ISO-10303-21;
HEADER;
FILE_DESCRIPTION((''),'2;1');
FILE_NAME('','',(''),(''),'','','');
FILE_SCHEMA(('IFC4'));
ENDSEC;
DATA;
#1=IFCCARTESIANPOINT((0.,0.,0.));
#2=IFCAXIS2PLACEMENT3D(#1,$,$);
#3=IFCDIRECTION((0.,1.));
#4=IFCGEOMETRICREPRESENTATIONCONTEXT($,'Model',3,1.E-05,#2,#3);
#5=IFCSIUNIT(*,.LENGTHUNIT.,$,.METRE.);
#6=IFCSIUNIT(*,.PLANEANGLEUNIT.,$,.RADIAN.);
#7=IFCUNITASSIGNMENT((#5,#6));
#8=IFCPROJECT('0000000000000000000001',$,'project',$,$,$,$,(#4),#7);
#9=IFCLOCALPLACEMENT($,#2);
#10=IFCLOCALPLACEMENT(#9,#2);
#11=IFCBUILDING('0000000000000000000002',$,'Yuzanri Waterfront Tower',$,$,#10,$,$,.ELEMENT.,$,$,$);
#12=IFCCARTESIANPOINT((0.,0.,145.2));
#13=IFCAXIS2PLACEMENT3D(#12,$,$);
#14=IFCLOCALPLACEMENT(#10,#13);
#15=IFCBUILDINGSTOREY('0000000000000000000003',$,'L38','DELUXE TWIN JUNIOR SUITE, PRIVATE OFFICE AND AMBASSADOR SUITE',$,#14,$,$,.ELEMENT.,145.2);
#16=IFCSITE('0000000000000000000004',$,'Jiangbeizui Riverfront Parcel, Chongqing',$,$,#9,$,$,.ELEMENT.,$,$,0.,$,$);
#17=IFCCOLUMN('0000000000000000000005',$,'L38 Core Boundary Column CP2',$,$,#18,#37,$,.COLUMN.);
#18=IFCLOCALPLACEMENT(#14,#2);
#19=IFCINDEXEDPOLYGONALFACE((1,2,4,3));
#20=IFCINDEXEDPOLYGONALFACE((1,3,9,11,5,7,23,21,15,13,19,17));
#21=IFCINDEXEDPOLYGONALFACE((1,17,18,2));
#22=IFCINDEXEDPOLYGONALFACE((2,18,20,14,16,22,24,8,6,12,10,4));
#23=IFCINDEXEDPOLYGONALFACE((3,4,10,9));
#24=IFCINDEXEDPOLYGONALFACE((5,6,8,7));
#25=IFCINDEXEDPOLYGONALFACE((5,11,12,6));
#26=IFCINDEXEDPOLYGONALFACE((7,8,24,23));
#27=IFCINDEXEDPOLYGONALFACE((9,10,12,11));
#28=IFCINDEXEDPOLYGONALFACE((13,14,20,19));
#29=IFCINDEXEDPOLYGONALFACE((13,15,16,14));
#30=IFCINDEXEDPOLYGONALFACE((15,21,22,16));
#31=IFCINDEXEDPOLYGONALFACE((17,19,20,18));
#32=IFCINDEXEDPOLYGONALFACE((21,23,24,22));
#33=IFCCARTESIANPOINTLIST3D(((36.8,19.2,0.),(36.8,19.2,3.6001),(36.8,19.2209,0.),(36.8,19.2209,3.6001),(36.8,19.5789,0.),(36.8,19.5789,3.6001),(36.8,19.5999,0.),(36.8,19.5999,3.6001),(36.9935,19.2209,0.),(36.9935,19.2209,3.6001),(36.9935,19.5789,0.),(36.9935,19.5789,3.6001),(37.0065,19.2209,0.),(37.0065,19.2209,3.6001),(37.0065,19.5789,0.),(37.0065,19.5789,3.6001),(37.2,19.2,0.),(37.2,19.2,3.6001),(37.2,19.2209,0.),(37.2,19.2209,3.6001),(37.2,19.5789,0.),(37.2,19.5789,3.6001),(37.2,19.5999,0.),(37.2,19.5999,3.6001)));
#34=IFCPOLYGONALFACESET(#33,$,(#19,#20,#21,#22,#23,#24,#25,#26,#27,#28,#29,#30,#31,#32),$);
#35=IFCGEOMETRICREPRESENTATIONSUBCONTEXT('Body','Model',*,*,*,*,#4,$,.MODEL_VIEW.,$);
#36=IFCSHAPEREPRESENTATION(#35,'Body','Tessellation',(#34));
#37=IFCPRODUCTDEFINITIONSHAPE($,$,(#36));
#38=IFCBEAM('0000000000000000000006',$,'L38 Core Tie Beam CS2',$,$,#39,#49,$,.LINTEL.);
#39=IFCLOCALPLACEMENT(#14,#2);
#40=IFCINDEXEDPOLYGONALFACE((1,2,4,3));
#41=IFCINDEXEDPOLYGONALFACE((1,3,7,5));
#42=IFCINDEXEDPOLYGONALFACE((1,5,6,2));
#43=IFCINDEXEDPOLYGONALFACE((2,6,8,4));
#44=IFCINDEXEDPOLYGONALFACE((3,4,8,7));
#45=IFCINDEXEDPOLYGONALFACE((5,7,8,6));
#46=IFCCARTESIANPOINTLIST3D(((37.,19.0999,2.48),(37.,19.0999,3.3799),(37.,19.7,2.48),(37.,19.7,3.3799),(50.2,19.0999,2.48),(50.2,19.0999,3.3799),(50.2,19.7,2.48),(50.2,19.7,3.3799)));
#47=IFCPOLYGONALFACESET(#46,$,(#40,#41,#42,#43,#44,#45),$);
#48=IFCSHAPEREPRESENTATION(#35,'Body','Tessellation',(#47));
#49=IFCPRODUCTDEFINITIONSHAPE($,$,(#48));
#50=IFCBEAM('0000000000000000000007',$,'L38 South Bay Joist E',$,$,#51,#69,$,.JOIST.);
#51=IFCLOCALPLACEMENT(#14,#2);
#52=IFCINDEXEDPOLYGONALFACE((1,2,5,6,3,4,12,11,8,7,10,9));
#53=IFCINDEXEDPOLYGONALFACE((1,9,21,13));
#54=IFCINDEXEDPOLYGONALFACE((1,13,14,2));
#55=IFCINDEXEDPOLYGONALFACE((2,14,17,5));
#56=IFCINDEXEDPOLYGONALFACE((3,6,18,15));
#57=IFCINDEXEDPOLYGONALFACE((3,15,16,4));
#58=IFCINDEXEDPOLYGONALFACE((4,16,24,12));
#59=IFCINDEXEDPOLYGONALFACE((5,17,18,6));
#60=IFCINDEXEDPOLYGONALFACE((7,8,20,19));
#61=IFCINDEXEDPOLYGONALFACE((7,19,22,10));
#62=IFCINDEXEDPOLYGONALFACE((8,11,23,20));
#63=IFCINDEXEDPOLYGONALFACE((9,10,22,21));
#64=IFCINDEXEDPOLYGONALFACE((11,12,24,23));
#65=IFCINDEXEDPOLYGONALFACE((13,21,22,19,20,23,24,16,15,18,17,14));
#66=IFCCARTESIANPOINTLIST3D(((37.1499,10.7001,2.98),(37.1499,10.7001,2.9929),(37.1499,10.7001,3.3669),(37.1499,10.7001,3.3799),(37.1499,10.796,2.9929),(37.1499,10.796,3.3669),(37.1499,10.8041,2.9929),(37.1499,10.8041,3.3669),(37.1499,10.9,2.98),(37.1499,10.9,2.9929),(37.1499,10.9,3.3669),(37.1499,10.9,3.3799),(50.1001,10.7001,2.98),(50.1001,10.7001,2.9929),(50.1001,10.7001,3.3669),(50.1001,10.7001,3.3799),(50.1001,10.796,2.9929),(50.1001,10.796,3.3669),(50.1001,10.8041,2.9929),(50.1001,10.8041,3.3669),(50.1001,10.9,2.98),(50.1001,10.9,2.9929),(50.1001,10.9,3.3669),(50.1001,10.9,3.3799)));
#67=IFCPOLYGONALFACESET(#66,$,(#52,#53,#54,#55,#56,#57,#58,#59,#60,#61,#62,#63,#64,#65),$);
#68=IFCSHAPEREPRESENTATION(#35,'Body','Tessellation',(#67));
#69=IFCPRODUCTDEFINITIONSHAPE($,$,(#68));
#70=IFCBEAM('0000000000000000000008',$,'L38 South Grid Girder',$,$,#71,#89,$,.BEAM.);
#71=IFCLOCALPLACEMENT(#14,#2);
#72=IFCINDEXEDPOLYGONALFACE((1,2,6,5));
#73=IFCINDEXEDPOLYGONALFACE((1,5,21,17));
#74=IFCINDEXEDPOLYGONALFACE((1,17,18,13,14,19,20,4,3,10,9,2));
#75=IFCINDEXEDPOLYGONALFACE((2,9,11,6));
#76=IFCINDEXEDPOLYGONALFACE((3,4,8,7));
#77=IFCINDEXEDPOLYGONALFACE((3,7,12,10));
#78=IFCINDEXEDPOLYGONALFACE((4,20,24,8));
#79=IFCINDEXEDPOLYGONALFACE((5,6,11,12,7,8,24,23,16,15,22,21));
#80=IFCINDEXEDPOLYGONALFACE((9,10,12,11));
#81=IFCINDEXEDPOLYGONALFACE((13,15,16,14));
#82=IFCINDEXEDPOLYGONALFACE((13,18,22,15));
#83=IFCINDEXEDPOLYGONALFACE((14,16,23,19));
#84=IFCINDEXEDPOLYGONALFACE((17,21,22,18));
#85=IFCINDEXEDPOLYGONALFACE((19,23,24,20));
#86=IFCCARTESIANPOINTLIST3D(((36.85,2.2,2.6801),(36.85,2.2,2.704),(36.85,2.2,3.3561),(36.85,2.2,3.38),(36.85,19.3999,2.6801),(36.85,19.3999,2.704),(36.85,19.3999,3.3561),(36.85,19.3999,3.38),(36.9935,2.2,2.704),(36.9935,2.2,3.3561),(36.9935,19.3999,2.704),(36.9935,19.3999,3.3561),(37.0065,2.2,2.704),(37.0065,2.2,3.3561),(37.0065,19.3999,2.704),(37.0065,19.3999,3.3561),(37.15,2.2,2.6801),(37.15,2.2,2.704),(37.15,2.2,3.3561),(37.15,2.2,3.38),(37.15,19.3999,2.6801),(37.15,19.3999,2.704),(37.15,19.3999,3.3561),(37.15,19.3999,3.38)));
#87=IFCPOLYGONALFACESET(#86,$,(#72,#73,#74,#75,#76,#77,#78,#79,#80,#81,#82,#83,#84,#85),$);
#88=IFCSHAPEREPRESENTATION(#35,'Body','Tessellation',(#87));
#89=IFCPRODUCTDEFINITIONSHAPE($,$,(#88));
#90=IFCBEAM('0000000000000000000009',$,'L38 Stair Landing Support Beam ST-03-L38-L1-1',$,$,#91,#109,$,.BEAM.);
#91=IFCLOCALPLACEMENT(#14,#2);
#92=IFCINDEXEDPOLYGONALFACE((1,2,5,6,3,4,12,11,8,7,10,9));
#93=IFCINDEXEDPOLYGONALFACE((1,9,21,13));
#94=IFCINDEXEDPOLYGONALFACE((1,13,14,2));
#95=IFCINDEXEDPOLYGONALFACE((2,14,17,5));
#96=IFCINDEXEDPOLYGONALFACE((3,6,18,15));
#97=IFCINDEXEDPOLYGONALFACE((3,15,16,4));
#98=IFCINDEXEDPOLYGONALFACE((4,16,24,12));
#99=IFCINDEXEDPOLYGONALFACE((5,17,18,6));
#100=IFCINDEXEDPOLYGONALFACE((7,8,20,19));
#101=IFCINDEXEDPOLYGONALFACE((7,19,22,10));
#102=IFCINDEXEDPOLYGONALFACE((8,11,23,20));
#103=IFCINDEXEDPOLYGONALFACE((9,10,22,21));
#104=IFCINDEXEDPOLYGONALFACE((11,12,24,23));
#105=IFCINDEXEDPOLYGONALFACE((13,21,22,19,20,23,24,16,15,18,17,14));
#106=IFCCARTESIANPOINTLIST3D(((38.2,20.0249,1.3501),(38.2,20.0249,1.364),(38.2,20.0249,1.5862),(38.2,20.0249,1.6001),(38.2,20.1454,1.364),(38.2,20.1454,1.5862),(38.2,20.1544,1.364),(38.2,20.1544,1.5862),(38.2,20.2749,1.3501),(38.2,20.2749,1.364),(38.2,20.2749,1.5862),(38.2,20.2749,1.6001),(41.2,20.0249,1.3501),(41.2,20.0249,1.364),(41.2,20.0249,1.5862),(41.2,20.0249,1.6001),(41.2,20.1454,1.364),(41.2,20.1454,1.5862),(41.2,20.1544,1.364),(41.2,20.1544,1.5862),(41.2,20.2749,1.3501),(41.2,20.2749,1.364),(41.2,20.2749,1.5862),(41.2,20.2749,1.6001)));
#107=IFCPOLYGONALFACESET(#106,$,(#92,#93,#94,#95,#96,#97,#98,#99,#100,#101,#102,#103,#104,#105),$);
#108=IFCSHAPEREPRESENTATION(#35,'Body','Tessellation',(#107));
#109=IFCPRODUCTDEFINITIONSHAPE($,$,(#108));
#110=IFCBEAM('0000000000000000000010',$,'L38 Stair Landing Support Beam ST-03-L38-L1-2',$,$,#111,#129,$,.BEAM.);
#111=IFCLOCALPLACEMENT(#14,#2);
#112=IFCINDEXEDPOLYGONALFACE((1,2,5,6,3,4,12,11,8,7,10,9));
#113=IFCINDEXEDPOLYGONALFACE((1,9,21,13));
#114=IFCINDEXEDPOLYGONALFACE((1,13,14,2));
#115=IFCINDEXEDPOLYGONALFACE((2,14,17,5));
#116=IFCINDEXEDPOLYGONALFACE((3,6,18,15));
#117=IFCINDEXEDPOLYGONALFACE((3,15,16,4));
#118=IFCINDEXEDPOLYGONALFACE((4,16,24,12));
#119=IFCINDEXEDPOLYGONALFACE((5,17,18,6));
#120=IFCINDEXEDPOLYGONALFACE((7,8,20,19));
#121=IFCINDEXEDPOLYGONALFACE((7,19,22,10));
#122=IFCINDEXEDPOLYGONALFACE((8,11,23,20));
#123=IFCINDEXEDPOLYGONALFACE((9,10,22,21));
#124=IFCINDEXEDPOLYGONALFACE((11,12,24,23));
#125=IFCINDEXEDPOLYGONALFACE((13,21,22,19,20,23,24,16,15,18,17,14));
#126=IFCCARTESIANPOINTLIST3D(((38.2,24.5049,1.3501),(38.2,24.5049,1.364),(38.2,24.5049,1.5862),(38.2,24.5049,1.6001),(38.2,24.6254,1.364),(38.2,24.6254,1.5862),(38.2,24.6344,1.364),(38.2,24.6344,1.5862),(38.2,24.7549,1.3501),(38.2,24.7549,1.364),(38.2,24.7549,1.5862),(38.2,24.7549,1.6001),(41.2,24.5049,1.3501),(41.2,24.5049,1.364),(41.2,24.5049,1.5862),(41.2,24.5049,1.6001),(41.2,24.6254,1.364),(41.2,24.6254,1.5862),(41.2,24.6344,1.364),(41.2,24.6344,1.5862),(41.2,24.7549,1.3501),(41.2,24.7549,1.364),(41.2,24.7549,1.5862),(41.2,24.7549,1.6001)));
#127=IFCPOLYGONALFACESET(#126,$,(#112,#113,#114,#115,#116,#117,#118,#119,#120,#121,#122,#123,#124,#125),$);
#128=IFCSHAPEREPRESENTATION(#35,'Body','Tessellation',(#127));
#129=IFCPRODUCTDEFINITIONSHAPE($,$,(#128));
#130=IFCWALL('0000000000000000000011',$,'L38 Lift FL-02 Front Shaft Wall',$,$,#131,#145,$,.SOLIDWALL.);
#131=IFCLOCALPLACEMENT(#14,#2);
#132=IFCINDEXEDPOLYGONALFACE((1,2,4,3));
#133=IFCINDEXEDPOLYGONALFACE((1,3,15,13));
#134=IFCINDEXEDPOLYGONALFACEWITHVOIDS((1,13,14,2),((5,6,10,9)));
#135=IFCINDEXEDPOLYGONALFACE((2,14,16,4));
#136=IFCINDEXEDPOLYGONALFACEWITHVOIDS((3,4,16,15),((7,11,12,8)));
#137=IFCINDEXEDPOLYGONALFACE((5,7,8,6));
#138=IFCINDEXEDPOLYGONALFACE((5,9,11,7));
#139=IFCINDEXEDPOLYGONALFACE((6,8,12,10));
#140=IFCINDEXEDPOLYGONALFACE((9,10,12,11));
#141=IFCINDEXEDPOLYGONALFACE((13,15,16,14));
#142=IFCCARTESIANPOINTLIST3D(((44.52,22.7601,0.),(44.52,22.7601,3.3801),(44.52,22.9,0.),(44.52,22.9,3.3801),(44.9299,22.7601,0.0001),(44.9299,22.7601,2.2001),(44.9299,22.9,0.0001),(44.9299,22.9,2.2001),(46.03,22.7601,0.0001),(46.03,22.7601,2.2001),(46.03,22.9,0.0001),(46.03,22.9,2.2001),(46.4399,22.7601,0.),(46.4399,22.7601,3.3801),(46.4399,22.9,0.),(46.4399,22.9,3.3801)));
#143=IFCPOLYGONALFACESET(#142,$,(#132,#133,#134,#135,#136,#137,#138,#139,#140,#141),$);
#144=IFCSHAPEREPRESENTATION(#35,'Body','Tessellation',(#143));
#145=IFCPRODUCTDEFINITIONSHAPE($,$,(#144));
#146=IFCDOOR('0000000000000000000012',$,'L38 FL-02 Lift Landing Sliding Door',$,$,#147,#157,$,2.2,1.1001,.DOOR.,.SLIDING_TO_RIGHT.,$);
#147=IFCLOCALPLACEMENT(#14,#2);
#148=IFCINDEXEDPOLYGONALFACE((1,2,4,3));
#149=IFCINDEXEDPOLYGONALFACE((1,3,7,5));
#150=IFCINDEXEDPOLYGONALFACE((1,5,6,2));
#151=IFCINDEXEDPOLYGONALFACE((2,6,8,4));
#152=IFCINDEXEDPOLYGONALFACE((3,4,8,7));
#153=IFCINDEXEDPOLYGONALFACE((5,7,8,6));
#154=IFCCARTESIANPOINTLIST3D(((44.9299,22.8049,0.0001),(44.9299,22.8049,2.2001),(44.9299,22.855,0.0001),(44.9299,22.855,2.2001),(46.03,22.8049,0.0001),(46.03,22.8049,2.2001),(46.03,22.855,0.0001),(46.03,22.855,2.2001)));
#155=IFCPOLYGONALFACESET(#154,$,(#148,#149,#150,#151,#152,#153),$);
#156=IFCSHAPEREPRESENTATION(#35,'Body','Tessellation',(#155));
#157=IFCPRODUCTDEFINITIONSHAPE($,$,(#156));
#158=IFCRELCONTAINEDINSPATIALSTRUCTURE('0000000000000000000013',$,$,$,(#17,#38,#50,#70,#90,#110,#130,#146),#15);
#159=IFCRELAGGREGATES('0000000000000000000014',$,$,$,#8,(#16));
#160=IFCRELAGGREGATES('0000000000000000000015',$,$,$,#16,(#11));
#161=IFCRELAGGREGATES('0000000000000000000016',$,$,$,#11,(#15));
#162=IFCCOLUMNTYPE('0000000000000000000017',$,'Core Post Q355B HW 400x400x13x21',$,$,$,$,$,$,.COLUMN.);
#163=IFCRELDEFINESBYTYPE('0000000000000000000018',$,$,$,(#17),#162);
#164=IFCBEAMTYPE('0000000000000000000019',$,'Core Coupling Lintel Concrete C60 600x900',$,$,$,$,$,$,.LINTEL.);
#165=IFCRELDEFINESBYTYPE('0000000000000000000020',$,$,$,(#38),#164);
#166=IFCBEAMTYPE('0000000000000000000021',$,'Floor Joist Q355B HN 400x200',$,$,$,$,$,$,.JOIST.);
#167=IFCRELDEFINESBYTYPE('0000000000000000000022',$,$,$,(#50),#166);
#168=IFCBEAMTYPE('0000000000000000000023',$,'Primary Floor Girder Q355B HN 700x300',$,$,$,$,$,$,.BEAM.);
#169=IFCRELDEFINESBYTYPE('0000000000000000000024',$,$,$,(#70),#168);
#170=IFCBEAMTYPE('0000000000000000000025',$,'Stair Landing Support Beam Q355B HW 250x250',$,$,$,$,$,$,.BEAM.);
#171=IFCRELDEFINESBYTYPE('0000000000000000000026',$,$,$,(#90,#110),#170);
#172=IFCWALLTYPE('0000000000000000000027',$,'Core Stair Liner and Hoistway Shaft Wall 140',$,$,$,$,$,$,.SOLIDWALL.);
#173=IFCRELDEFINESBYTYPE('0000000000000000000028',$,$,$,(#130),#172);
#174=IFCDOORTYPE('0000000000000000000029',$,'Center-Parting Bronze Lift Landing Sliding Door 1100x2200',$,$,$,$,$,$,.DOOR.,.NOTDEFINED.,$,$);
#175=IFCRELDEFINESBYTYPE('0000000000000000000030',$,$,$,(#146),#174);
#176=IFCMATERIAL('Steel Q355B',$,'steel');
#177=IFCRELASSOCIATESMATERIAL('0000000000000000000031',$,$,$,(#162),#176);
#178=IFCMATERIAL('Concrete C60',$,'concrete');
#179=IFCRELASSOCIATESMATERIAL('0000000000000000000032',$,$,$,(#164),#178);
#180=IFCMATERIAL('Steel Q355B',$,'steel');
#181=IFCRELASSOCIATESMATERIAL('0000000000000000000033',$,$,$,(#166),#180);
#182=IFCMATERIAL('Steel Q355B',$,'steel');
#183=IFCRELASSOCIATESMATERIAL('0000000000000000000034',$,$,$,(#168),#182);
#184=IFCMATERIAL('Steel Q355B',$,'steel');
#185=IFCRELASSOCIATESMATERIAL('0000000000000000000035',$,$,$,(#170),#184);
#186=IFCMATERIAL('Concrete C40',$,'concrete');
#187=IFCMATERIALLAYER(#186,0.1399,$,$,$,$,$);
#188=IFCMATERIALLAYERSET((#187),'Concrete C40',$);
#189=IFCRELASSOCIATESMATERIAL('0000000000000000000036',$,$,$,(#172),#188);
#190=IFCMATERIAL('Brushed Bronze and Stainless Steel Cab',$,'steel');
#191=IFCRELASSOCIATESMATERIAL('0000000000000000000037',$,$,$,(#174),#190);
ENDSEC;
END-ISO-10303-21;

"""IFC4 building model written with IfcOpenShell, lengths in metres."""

from ifc_helpers import new_model, si_unit, direction, frame, frame_2d, origin, origin_2d, place, context, subcontext, project, spatial, rectangle, i_section, extrude, source, transform, mapped, material, layer, layer_set, material_profile, profile_set, type_object, element, fill, save


model = new_model("IFC4")

# Units and contexts
model_context = context("Model", 3, precision=1e-05, world=origin(), true_north=direction((0.0, 1.0)))
body_context = subcontext(model_context, "Body", "Model", "MODEL_VIEW")
ifc_project = project(units=[si_unit("LENGTHUNIT", "METRE"), si_unit("PLANEANGLEUNIT", "RADIAN")], contexts=[model_context])

# Site, building, storey
site_placement = place(None, origin())
site = spatial("IfcSite", under=ifc_project, at=site_placement, Name="Jiangbeizui Riverfront Parcel, Chongqing", CompositionType="ELEMENT", RefElevation=0.0)
building_placement = place(site_placement, origin())
building = spatial("IfcBuilding", under=site, at=building_placement, Name="Yuzanri Waterfront Tower", CompositionType="ELEMENT")
storey_placement = place(building_placement, frame((0.0, 0.0, 145.2)))
storey = spatial("IfcBuildingStorey", under=building, at=storey_placement, Name="L38", Description="DELUXE TWIN JUNIOR SUITE, PRIVATE OFFICE AND AMBASSADOR SUITE", CompositionType="ELEMENT", Elevation=145.2)

# Column
ifc_material_1 = material(Name="Steel Q355B", Category="steel")
ifc_material_profile_1 = material_profile(ifc_material_1, i_section(OverallWidth=0.3999, OverallDepth=0.3999, WebThickness=0.0129, FlangeThickness=0.021, at=origin_2d()), Name="HW 400x400x13x21")
ifc_profile_set_1 = profile_set([ifc_material_profile_1], Name="Steel Q355B")
column_type = type_object("IfcColumnType", Name="Core Post Q355B HW 400x400x13x21", PredefinedType="COLUMN", material=ifc_profile_set_1)
shared_shape_1 = source(origin(), body_context, "Body", "SweptSolid", [
    extrude(i_section(OverallWidth=0.3999, OverallDepth=0.3999, WebThickness=0.0129, FlangeThickness=0.021, at=origin_2d()), origin(), (0.0, 0.0, 1.0), 3.6001),
])
column_placement = place(storey_placement, frame((37.0, 19.3999, 0.0), z_axis=(0.0, 0.0, 1.0), x_axis=(1.0, 0.0, 0.0)))
element("IfcColumn", 1, at=column_placement, inside=storey, type_object=column_type, Name="L38 Core Boundary Column CP2", PredefinedType="COLUMN", context=body_context, shape_type="MappedRepresentation", body=[
    mapped(shared_shape_1, transform((0.0, 0.0, 0.0), scale=1.0)),
])

# Beams
ifc_material_2 = material(Name="Concrete C60", Category="concrete")
ifc_material_profile_2 = material_profile(ifc_material_2, rectangle(XDim=0.6001, YDim=0.8999, at=origin_2d()), Name="RC 600x900")
ifc_profile_set_2 = profile_set([ifc_material_profile_2], Name="Concrete C60")
beam_type_1 = type_object("IfcBeamType", Name="Core Coupling Lintel Concrete C60 600x900", PredefinedType="LINTEL", material=ifc_profile_set_2)
shared_shape_2 = source(origin(), body_context, "Body", "SweptSolid", [
    extrude(rectangle(XDim=0.6001, YDim=0.8999, at=origin_2d()), origin(), (0.0, 0.0, 1.0), 13.2),
])
beam_1_placement = place(storey_placement, frame((37.0, 19.3999, 2.9299), z_axis=(1.0, 0.0, 0.0), x_axis=(0.0, 1.0, 0.0)))
element("IfcBeam", 2, at=beam_1_placement, inside=storey, type_object=beam_type_1, Name="L38 Core Tie Beam CS2", PredefinedType="LINTEL", context=body_context, shape_type="MappedRepresentation", body=[
    mapped(shared_shape_2, transform((0.0, 0.0, 0.0), scale=1.0)),
])
ifc_material_3 = material(Name="Steel Q355B", Category="steel")
ifc_material_profile_3 = material_profile(ifc_material_3, i_section(OverallWidth=0.2, OverallDepth=0.3999, WebThickness=0.0081, FlangeThickness=0.0129, at=origin_2d()), Name="HN 400x200x8x13")
ifc_profile_set_3 = profile_set([ifc_material_profile_3], Name="Steel Q355B")
beam_type_2 = type_object("IfcBeamType", Name="Floor Joist Q355B HN 400x200", PredefinedType="JOIST", material=ifc_profile_set_3)
shared_shape_3 = source(origin(), body_context, "Body", "SweptSolid", [
    extrude(i_section(OverallWidth=0.2, OverallDepth=0.3999, WebThickness=0.0081, FlangeThickness=0.0129, at=origin_2d()), origin(), (0.0, 0.0, 1.0), 12.9502),
])
beam_2_placement = place(storey_placement, frame((37.1499, 10.8, 3.1799), z_axis=(1.0, 0.0, 0.0), x_axis=(0.0, 1.0, 0.0)))
element("IfcBeam", 3, at=beam_2_placement, inside=storey, type_object=beam_type_2, Name="L38 South Bay Joist E", PredefinedType="JOIST", context=body_context, shape_type="MappedRepresentation", body=[
    mapped(shared_shape_3, transform((0.0, 0.0, 0.0), scale=1.0)),
])
ifc_material_4 = material(Name="Steel Q355B", Category="steel")
ifc_material_profile_4 = material_profile(ifc_material_4, i_section(OverallWidth=0.3, OverallDepth=0.7, WebThickness=0.0129, FlangeThickness=0.0239, at=origin_2d()), Name="HN 700x300x13x24")
ifc_profile_set_4 = profile_set([ifc_material_profile_4], Name="Steel Q355B")
beam_type_3 = type_object("IfcBeamType", Name="Primary Floor Girder Q355B HN 700x300", PredefinedType="BEAM", material=ifc_profile_set_4)
shared_shape_4 = source(origin(), body_context, "Body", "SweptSolid", [
    extrude(i_section(OverallWidth=0.3, OverallDepth=0.7, WebThickness=0.0129, FlangeThickness=0.0239, at=origin_2d()), origin(), (0.0, 0.0, 1.0), 17.2),
])
beam_3_placement = place(storey_placement, frame((37.0, 19.3999, 3.03), z_axis=(0.0, -1.0, 0.0), x_axis=(1.0, 0.0, 0.0)))
element("IfcBeam", 4, at=beam_3_placement, inside=storey, type_object=beam_type_3, Name="L38 South Grid Girder", PredefinedType="BEAM", context=body_context, shape_type="MappedRepresentation", body=[
    mapped(shared_shape_4, transform((0.0, 0.0, 0.0), scale=1.0)),
])
ifc_material_5 = material(Name="Steel Q355B", Category="steel")
ifc_material_profile_5 = material_profile(ifc_material_5, i_section(OverallWidth=0.25, OverallDepth=0.25, WebThickness=0.009, FlangeThickness=0.0139, at=origin_2d()), Name="HW 250x250x9x14")
ifc_profile_set_5 = profile_set([ifc_material_profile_5], Name="Steel Q355B")
beam_type_4 = type_object("IfcBeamType", Name="Stair Landing Support Beam Q355B HW 250x250", PredefinedType="BEAM", material=ifc_profile_set_5)
shared_shape_5 = source(origin(), body_context, "Body", "SweptSolid", [
    extrude(i_section(OverallWidth=0.25, OverallDepth=0.25, WebThickness=0.009, FlangeThickness=0.0139, at=origin_2d()), origin(), (0.0, 0.0, 1.0), 3.0),
])
for number, where, z_axis, x_axis, name in (
    (5, (38.2, 20.1499, 1.4751), (1.0, 0.0, 0.0), (0.0, 1.0, 0.0), "L38 Stair Landing Support Beam ST-03-L38-L1-1"),
    (6, (38.2, 24.6299, 1.4751), (1.0, 0.0, 0.0), (0.0, 1.0, 0.0), "L38 Stair Landing Support Beam ST-03-L38-L1-2"),
):
    element("IfcBeam", number, at=place(storey_placement, frame(where, z_axis=z_axis, x_axis=x_axis)), inside=storey, type_object=beam_type_4, Name=name, PredefinedType="BEAM", context=body_context, shape_type="MappedRepresentation", body=[
        mapped(shared_shape_5, transform((0.0, 0.0, 0.0), scale=1.0)),
    ])

# Wall, opening, door
ifc_material_6 = material(Name="Concrete C40", Category="concrete")
ifc_layer_1 = layer(ifc_material_6, 0.1399)
ifc_layer_set_1 = layer_set([ifc_layer_1], Name="Concrete C40")
wall_type_1 = type_object("IfcWallType", Name="Core Stair Liner and Hoistway Shaft Wall 140", PredefinedType="SOLIDWALL", material=ifc_layer_set_1)
wall_1_placement = place(storey_placement, frame((44.52, 22.8301, 0.0), z_axis=(0.0, 0.0, 1.0), x_axis=(1.0, 0.0, 0.0)))
wall_1 = element("IfcWall", 7, at=wall_1_placement, inside=storey, type_object=wall_type_1, Name="L38 Lift FL-02 Front Shaft Wall", PredefinedType="SOLIDWALL", context=body_context, shape_type="SweptSolid", body=[
    extrude(rectangle(XDim=1.9199, YDim=0.1399, at=frame_2d((0.96, 0.0))), origin(), (0.0, 0.0, 1.0), 3.3801),
])
opening_1_placement = place(wall_1_placement, frame((0.4099, 0.0, 0.0)))
opening_1 = element("IfcOpeningElement", 8, at=opening_1_placement, cuts=wall_1, PredefinedType="OPENING", context=body_context, shape_type="SweptSolid", body=[
    extrude(rectangle(XDim=1.1001, YDim=2.2, at=frame_2d((0.55, 1.1001))), frame((0.0, 0.085, 0.0), z_axis=(0.0, -1.0, 0.0), x_axis=(1.0, 0.0, 0.0)), (0.0, 0.0, 1.0), 0.1697),
])
ifc_material_7 = material(Name="Brushed Bronze and Stainless Steel Cab", Category="steel")
door_type_1 = type_object("IfcDoorType", Name="Center-Parting Bronze Lift Landing Sliding Door 1100x2200", OperationType="NOTDEFINED", PredefinedType="DOOR", material=ifc_material_7)
shared_shape_6 = source(origin(), body_context, "Body", "SweptSolid", [
    extrude(rectangle(XDim=1.1001, YDim=2.2, at=frame_2d((0.55, 1.1001))), frame((0.0, 0.0249, 0.0), z_axis=(0.0, -1.0, 0.0), x_axis=(1.0, 0.0, 0.0)), (0.0, 0.0, 1.0), 0.05),
])
door_1_placement = place(opening_1_placement, origin())
door_1 = element("IfcDoor", 9, at=door_1_placement, inside=storey, type_object=door_type_1, Name="L38 FL-02 Lift Landing Sliding Door", OperationType="SLIDING_TO_RIGHT", OverallHeight=2.2, OverallWidth=1.1001, PredefinedType="DOOR", context=body_context, shape_type="MappedRepresentation", body=[
    mapped(shared_shape_6, transform((0.0, 0.0, 0.0), scale=1.0)),
])
fill(opening_1, door_1)

save(model, "model.ifc")
